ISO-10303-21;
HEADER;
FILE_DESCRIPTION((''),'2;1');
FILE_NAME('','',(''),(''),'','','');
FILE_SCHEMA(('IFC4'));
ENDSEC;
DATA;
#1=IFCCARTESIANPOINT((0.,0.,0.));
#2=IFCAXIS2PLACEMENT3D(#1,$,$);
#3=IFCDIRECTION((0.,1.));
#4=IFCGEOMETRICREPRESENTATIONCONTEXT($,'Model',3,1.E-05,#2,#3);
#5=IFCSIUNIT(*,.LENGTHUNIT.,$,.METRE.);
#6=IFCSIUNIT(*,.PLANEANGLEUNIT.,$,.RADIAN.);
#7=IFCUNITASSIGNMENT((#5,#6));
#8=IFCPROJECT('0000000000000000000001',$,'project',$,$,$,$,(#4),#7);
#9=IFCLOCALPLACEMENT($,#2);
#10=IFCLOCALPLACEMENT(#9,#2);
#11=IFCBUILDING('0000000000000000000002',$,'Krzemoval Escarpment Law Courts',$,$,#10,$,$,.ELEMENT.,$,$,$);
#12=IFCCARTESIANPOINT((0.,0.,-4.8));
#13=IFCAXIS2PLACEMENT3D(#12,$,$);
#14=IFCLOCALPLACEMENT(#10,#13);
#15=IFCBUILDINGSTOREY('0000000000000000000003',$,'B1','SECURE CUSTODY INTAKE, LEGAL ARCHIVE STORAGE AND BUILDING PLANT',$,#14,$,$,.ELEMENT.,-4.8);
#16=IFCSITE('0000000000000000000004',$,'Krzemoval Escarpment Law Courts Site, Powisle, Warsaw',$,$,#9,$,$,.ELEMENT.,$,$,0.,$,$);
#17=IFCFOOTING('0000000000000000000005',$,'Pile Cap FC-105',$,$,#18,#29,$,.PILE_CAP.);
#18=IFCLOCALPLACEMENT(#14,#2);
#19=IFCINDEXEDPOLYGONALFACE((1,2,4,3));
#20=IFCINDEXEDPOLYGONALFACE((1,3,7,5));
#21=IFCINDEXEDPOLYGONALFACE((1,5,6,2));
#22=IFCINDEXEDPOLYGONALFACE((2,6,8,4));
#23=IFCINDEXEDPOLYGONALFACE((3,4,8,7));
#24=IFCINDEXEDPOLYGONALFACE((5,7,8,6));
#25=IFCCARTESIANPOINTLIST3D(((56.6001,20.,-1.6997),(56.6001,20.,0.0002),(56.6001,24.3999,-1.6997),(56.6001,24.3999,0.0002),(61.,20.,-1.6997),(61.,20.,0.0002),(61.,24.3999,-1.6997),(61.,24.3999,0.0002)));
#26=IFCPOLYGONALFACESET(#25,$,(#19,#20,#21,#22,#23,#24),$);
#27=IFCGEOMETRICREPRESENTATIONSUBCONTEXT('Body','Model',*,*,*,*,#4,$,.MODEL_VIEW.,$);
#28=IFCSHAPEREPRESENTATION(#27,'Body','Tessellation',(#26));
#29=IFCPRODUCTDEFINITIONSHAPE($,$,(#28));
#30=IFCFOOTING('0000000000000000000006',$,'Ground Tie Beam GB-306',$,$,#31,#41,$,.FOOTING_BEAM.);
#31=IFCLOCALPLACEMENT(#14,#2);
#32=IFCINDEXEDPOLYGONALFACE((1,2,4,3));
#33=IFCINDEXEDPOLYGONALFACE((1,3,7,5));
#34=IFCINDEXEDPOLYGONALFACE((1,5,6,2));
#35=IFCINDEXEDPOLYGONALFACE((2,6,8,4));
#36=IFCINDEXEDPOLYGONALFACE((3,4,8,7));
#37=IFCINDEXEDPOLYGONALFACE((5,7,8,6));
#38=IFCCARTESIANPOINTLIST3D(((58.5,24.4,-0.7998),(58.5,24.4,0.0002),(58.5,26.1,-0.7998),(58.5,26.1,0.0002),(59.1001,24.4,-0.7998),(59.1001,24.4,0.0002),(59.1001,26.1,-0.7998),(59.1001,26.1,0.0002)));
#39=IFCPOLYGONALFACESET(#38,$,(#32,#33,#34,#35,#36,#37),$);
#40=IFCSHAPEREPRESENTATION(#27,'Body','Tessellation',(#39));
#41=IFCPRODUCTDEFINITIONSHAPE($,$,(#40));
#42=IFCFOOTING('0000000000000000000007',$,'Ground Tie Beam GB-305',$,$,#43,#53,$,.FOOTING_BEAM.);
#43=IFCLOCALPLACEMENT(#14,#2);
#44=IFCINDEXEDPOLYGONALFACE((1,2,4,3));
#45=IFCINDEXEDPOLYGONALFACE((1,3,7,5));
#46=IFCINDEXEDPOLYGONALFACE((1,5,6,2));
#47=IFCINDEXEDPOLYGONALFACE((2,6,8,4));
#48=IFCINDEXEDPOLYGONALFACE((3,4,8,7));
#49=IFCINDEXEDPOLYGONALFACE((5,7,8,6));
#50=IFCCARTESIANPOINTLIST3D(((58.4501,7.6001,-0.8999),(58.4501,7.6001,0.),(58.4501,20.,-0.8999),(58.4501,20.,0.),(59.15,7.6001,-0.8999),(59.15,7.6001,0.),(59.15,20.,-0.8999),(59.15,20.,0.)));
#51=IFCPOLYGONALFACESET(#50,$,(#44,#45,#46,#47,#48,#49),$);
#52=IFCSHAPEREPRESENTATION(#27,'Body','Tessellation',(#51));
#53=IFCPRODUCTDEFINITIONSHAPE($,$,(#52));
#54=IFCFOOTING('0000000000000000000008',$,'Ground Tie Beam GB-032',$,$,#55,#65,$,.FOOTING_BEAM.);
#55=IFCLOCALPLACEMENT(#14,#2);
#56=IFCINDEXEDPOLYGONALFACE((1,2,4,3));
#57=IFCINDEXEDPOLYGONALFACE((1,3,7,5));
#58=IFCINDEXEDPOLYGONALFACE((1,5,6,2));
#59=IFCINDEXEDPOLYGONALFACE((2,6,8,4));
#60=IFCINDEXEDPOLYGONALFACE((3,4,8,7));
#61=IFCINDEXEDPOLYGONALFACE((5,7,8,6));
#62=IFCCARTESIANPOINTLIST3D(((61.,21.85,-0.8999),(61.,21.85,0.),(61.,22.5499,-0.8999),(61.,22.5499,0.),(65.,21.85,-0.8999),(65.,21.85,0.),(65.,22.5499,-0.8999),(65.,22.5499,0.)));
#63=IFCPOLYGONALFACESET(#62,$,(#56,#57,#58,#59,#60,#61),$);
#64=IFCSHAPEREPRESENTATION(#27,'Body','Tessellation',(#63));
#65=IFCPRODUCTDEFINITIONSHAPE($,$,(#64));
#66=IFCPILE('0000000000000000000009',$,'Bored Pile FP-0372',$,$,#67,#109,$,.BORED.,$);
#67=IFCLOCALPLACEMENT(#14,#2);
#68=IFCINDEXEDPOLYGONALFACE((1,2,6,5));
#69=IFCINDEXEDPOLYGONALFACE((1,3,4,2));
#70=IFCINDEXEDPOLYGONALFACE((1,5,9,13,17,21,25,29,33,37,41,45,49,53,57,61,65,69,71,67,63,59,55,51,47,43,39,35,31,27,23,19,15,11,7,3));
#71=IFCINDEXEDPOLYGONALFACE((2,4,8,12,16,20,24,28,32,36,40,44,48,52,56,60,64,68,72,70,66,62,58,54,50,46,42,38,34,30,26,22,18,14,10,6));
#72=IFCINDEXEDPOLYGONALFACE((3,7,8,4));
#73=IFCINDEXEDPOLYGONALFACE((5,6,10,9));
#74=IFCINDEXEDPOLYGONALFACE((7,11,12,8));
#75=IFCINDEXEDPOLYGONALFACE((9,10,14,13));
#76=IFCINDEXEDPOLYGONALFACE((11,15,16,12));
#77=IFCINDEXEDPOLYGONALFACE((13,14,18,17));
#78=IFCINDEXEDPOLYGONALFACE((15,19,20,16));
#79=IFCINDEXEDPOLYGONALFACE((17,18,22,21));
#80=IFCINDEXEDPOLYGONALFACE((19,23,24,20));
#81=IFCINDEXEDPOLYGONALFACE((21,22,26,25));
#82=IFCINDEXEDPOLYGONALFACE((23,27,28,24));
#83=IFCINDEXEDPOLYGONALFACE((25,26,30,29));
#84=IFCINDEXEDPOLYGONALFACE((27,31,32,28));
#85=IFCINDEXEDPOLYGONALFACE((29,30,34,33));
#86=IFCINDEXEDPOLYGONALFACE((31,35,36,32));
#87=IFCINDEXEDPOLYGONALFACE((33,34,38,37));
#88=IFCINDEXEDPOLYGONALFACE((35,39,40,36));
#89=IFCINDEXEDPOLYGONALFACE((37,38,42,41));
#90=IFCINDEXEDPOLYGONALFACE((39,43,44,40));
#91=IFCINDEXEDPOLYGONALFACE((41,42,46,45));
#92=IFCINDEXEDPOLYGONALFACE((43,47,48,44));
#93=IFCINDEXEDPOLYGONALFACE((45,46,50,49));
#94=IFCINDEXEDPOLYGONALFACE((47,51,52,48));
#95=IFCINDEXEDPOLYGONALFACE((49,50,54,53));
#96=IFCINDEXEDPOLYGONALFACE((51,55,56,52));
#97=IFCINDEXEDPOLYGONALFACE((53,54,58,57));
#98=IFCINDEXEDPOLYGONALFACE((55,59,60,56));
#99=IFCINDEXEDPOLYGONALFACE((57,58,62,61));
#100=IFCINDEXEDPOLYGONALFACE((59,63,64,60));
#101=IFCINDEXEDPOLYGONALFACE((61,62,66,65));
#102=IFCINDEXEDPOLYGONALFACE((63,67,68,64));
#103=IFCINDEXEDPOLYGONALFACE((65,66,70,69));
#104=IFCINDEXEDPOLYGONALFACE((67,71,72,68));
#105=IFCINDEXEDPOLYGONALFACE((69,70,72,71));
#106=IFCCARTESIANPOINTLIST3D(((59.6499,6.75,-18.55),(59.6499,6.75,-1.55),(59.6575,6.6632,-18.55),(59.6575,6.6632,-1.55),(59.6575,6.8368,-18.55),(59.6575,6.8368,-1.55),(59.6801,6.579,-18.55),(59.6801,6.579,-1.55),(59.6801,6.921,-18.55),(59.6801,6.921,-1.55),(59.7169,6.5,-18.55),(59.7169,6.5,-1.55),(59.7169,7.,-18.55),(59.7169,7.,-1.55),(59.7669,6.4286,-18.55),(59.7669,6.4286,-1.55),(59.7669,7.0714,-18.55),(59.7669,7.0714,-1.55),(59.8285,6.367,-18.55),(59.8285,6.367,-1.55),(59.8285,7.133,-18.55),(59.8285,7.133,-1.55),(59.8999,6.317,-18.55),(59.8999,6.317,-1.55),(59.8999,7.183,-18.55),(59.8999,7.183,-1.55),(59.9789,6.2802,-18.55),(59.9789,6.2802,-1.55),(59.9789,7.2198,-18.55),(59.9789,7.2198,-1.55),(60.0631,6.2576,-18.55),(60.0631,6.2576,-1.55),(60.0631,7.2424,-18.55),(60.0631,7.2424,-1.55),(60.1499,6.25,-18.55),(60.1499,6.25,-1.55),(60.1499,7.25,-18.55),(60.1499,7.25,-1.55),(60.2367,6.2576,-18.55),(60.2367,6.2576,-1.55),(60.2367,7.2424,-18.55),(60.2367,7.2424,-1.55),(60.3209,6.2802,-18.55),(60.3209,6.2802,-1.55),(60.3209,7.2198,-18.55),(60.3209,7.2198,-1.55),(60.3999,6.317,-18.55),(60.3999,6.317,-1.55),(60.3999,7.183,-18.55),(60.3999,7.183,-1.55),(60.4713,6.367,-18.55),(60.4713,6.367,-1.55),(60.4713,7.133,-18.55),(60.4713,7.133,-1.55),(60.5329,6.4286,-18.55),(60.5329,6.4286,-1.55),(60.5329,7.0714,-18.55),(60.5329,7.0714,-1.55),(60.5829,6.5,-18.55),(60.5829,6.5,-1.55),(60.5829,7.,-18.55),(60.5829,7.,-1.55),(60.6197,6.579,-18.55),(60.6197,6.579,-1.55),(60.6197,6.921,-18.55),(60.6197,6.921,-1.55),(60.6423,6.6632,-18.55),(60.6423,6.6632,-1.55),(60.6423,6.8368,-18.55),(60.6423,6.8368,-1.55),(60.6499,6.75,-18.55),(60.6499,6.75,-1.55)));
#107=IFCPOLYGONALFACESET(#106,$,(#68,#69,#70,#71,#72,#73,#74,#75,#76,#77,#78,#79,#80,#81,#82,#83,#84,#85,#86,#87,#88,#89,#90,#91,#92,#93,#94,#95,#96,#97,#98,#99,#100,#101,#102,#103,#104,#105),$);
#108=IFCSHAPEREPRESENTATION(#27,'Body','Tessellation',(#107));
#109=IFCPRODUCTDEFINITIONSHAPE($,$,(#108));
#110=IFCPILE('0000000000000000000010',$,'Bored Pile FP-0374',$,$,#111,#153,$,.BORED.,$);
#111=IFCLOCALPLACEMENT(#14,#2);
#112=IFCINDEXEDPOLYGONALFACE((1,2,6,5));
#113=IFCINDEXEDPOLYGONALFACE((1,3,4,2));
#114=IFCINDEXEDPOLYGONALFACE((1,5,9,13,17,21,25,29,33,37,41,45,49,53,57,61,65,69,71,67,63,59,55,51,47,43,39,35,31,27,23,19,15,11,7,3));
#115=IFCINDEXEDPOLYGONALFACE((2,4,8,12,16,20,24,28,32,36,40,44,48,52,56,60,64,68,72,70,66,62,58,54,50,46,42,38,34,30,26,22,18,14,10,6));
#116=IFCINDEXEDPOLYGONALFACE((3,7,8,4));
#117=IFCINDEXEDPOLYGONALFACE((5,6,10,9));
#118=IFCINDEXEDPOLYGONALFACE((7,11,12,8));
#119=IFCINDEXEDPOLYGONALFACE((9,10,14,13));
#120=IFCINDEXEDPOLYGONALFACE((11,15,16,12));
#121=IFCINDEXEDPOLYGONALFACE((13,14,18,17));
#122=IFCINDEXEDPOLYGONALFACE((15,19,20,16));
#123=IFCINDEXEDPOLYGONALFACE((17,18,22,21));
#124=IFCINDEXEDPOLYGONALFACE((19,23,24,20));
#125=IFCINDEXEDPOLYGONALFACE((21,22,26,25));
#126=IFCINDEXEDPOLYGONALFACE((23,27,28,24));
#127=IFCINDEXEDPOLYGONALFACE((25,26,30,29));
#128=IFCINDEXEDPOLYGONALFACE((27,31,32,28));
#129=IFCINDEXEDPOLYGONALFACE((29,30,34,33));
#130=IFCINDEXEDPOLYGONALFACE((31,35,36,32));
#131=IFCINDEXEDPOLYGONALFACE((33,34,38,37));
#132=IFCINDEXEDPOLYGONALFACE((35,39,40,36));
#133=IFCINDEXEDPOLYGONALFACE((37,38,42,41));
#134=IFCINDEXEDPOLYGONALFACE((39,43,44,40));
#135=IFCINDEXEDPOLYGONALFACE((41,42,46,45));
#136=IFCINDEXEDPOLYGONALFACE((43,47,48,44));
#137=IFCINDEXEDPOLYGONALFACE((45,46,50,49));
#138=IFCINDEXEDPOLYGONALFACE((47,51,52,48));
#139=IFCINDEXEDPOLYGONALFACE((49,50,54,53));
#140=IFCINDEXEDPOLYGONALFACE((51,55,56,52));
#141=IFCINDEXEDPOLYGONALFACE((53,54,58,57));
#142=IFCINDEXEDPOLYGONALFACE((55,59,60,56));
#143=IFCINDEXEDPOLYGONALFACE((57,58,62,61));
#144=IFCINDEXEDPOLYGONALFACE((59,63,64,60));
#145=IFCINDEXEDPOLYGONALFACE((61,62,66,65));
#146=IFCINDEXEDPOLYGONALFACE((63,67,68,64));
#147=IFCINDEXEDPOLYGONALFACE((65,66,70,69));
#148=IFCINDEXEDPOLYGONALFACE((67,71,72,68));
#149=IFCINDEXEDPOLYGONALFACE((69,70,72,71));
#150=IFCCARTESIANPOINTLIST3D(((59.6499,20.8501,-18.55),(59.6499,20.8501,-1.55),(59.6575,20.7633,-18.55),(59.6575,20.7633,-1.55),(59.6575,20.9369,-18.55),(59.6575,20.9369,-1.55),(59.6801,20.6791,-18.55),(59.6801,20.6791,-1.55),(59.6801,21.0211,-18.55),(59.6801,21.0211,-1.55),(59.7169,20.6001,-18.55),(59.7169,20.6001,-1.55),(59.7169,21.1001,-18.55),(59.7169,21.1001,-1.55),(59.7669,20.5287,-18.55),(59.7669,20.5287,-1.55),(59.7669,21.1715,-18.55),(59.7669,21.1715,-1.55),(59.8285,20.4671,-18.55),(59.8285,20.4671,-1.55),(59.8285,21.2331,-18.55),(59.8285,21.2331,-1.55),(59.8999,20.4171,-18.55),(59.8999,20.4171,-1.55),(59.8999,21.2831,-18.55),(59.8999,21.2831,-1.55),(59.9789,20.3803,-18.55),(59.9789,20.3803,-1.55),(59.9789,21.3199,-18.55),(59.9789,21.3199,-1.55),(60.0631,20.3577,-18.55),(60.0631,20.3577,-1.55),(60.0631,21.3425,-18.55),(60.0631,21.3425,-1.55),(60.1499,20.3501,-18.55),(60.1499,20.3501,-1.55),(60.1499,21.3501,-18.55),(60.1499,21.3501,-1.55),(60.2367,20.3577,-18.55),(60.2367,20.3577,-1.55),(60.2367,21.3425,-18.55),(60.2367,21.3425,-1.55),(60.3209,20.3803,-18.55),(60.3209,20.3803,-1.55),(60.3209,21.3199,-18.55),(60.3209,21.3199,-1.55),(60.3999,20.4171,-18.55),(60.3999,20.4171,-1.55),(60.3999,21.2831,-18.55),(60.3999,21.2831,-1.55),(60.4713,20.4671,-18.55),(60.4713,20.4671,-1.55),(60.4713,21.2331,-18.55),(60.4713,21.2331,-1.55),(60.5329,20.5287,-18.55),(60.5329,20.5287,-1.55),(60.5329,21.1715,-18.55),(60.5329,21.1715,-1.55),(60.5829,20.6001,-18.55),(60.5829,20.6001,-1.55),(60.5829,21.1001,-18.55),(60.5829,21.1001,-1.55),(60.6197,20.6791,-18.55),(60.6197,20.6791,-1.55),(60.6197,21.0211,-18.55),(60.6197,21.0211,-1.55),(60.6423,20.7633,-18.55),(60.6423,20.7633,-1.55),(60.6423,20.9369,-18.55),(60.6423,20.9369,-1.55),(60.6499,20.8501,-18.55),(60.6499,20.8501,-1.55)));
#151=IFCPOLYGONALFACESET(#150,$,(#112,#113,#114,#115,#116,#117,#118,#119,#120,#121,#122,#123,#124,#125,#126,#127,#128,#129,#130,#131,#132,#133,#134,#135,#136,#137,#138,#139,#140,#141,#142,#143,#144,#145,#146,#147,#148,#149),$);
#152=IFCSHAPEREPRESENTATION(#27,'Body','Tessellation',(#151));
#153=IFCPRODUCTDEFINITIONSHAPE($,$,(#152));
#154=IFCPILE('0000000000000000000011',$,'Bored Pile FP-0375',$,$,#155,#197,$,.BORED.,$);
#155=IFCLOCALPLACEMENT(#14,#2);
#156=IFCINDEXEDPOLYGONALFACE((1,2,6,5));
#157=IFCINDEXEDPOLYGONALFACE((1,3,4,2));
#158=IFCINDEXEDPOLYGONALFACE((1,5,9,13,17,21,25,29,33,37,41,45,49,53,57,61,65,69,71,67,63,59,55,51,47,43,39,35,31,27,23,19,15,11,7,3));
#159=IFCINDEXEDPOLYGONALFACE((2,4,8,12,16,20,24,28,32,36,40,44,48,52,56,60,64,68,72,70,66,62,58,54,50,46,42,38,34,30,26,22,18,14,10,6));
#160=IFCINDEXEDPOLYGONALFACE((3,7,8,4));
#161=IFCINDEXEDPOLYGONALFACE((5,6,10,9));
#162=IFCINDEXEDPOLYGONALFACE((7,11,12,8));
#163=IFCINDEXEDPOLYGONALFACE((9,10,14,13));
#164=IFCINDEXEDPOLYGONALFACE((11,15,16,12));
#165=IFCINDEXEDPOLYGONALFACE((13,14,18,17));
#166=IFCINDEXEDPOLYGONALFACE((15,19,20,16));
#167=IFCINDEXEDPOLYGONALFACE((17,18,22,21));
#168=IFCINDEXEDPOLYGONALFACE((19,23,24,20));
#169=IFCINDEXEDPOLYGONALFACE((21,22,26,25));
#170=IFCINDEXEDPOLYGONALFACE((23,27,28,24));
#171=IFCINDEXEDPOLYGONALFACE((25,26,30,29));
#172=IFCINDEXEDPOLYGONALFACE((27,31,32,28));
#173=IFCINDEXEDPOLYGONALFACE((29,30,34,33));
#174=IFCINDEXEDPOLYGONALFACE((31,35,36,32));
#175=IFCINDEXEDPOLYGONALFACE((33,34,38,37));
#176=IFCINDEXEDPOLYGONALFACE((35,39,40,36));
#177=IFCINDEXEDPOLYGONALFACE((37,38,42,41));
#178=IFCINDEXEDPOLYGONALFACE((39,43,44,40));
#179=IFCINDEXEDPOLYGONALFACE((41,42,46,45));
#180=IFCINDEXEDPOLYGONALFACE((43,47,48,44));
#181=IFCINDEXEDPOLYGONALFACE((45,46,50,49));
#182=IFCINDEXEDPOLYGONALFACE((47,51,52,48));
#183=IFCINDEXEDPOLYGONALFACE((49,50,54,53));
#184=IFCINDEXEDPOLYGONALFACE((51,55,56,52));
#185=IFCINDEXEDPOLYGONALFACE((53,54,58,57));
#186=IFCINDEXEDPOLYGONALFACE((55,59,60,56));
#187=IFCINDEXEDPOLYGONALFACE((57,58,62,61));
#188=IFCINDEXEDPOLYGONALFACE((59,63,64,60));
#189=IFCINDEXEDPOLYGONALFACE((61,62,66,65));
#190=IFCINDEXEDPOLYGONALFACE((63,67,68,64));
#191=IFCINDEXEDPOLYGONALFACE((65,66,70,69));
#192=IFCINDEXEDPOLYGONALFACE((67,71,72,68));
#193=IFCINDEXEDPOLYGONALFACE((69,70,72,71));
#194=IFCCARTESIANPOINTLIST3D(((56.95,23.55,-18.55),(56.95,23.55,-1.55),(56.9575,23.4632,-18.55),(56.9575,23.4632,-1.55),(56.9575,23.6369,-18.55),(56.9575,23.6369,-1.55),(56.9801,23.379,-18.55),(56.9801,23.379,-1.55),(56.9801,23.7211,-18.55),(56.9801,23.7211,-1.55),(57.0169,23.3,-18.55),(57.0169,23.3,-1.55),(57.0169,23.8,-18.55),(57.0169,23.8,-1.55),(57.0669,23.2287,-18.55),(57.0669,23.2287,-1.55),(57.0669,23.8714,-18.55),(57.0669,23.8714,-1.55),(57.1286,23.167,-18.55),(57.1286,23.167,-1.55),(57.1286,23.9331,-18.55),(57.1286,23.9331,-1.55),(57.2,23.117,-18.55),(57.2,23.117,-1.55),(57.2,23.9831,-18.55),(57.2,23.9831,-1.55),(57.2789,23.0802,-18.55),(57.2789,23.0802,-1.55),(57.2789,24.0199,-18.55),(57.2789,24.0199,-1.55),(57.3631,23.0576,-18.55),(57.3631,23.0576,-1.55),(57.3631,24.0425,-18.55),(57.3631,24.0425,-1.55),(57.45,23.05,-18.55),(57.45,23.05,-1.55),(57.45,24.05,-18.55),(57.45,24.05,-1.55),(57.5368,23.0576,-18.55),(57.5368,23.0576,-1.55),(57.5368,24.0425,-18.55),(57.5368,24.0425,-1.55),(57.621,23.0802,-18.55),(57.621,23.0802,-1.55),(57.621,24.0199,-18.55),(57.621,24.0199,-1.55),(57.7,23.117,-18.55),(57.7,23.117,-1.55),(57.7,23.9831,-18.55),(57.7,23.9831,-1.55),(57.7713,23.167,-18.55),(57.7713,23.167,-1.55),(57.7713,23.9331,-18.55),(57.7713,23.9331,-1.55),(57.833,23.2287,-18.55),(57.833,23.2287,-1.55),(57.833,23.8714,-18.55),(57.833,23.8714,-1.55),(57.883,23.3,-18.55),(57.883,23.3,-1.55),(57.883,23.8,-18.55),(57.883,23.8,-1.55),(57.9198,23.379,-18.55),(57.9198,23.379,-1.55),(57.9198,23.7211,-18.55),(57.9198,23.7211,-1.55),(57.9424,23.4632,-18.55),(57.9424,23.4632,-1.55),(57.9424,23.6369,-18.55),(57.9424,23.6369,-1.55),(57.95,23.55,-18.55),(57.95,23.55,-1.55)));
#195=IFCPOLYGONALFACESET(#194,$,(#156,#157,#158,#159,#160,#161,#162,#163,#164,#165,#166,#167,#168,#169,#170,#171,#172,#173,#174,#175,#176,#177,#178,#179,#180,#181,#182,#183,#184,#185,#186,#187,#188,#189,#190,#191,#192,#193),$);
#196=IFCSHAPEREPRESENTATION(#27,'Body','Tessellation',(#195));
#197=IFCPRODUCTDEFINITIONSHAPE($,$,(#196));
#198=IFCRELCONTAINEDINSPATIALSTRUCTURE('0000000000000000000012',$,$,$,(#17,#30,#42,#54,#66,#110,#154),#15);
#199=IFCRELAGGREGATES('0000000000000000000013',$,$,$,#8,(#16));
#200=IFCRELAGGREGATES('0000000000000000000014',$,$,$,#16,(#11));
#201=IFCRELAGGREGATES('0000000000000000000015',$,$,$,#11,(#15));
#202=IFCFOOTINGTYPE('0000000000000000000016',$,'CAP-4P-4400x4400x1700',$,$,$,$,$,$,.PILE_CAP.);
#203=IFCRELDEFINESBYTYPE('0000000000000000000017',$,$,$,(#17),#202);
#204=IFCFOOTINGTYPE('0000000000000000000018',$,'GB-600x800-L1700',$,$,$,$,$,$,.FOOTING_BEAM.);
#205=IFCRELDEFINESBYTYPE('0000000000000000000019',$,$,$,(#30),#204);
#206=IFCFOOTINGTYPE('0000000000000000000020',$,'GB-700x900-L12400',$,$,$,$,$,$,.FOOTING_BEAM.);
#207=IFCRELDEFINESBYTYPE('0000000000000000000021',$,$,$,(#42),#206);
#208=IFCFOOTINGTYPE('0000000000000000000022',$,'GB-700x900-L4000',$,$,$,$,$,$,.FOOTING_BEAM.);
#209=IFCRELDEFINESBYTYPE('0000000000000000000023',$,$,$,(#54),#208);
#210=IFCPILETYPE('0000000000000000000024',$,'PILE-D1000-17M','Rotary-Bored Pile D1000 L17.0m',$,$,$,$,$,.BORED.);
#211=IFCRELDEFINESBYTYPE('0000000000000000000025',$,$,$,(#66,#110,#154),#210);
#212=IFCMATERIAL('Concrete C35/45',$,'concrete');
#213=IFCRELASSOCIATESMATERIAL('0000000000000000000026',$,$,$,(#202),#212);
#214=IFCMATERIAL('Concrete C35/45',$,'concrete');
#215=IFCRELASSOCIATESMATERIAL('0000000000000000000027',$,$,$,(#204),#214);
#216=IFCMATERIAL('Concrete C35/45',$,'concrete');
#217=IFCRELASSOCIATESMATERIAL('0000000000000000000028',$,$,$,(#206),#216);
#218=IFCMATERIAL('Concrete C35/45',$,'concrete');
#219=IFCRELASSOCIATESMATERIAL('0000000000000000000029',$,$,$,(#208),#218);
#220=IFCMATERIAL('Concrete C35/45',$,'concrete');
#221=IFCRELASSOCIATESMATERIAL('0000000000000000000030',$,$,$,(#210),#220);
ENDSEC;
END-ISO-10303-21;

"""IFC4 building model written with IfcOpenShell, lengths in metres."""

from ifc_helpers import new_model, si_unit, direction, frame, origin, origin_2d, place, context, subcontext, project, spatial, rectangle, circle, extrude, material, material_profile, profile_set, type_object, element, save


model = new_model("IFC4")

# Units and contexts
model_context = context("Model", 3, precision=1e-05, world=origin(), true_north=direction((0.0, 1.0)))
body_context = subcontext(model_context, "Body", "Model", "MODEL_VIEW")
ifc_project = project(units=[si_unit("LENGTHUNIT", "METRE"), si_unit("PLANEANGLEUNIT", "RADIAN")], contexts=[model_context])

# Site, building, storey
site_placement = place(None, origin())
site = spatial("IfcSite", under=ifc_project, at=site_placement, Name="Krzemoval Escarpment Law Courts Site, Powisle, Warsaw", CompositionType="ELEMENT", RefElevation=0.0)
building_placement = place(site_placement, origin())
building = spatial("IfcBuilding", under=site, at=building_placement, Name="Krzemoval Escarpment Law Courts", CompositionType="ELEMENT")
storey_placement = place(building_placement, frame((0.0, 0.0, -4.8)))
storey = spatial("IfcBuildingStorey", under=building, at=storey_placement, Name="B1", Description="SECURE CUSTODY INTAKE, LEGAL ARCHIVE STORAGE AND BUILDING PLANT", CompositionType="ELEMENT", Elevation=-4.8)

# Footings
ifc_material_1 = material(Name="Concrete C35/45", Category="concrete")
footing_type_1 = type_object("IfcFootingType", Name="CAP-4P-4400x4400x1700", PredefinedType="PILE_CAP", material=ifc_material_1)
footing_1_placement = place(storey_placement, frame((58.8, 22.2, -1.6997), z_axis=(0.0, 0.0, 1.0), x_axis=(1.0, 0.0, 0.0)))
element("IfcFooting", 1, at=footing_1_placement, inside=storey, type_object=footing_type_1, Name="Pile Cap FC-105", PredefinedType="PILE_CAP", context=body_context, shape_type="SweptSolid", body=[
    extrude(rectangle(XDim=4.3999, YDim=4.3999, at=origin_2d()), origin(), (0.0, 0.0, 1.0), 1.7),
])
ifc_material_2 = material(Name="Concrete C35/45", Category="concrete")
footing_type_2 = type_object("IfcFootingType", Name="GB-600x800-L1700", PredefinedType="FOOTING_BEAM", material=ifc_material_2)
footing_2_placement = place(storey_placement, frame((58.8, 25.25, -0.7998), z_axis=(0.0, 0.0, 1.0), x_axis=(0.0, 1.0, 0.0)))
element("IfcFooting", 2, at=footing_2_placement, inside=storey, type_object=footing_type_2, Name="Ground Tie Beam GB-306", PredefinedType="FOOTING_BEAM", context=body_context, shape_type="SweptSolid", body=[
    extrude(rectangle(XDim=1.7, YDim=0.6001, at=origin_2d()), origin(), (0.0, 0.0, 1.0), 0.8),
])
ifc_material_3 = material(Name="Concrete C35/45", Category="concrete")
footing_type_3 = type_object("IfcFootingType", Name="GB-700x900-L12400", PredefinedType="FOOTING_BEAM", material=ifc_material_3)
footing_3_placement = place(storey_placement, frame((58.8, 13.8, -0.8999), z_axis=(0.0, 0.0, 1.0), x_axis=(0.0, 1.0, 0.0)))
element("IfcFooting", 3, at=footing_3_placement, inside=storey, type_object=footing_type_3, Name="Ground Tie Beam GB-305", PredefinedType="FOOTING_BEAM", context=body_context, shape_type="SweptSolid", body=[
    extrude(rectangle(XDim=12.3999, YDim=0.7, at=origin_2d()), origin(), (0.0, 0.0, 1.0), 0.8999),
])
ifc_material_4 = material(Name="Concrete C35/45", Category="concrete")
footing_type_4 = type_object("IfcFootingType", Name="GB-700x900-L4000", PredefinedType="FOOTING_BEAM", material=ifc_material_4)
footing_4_placement = place(storey_placement, frame((63.0, 22.2, -0.8999), z_axis=(0.0, 0.0, 1.0), x_axis=(1.0, 0.0, 0.0)))
element("IfcFooting", 4, at=footing_4_placement, inside=storey, type_object=footing_type_4, Name="Ground Tie Beam GB-032", PredefinedType="FOOTING_BEAM", context=body_context, shape_type="SweptSolid", body=[
    extrude(rectangle(XDim=4.0, YDim=0.7, at=origin_2d()), origin(), (0.0, 0.0, 1.0), 0.8999),
])

# Piles
ifc_material_5 = material(Name="Concrete C35/45", Category="concrete")
ifc_material_profile_1 = material_profile(ifc_material_5, circle(Radius=0.5, at=origin_2d()), Name="PILE D1000")
ifc_profile_set_1 = profile_set([ifc_material_profile_1], Name="Concrete C35/45")
pile_type = type_object("IfcPileType", Name="PILE-D1000-17M", Description="Rotary-Bored Pile D1000 L17.0m", PredefinedType="BORED", material=ifc_profile_set_1)
for number, where, z_axis, x_axis, name in (
    (5, (60.1499, 6.75, -1.55), (0.0, 0.0, -1.0), (1.0, 0.0, 0.0), "Bored Pile FP-0372"),
    (6, (60.1499, 20.8501, -1.55), (0.0, 0.0, -1.0), (1.0, 0.0, 0.0), "Bored Pile FP-0374"),
    (7, (57.45, 23.55, -1.55), (0.0, 0.0, -1.0), (1.0, 0.0, 0.0), "Bored Pile FP-0375"),
):
    element("IfcPile", number, at=place(storey_placement, frame(where, z_axis=z_axis, x_axis=x_axis)), inside=storey, type_object=pile_type, Name=name, PredefinedType="BORED", context=body_context, shape_type="SweptSolid", body=[
        extrude(circle(Radius=0.5, at=origin_2d()), origin(), (0.0, 0.0, 1.0), 17.0),
    ])

save(model, "model.ifc")
